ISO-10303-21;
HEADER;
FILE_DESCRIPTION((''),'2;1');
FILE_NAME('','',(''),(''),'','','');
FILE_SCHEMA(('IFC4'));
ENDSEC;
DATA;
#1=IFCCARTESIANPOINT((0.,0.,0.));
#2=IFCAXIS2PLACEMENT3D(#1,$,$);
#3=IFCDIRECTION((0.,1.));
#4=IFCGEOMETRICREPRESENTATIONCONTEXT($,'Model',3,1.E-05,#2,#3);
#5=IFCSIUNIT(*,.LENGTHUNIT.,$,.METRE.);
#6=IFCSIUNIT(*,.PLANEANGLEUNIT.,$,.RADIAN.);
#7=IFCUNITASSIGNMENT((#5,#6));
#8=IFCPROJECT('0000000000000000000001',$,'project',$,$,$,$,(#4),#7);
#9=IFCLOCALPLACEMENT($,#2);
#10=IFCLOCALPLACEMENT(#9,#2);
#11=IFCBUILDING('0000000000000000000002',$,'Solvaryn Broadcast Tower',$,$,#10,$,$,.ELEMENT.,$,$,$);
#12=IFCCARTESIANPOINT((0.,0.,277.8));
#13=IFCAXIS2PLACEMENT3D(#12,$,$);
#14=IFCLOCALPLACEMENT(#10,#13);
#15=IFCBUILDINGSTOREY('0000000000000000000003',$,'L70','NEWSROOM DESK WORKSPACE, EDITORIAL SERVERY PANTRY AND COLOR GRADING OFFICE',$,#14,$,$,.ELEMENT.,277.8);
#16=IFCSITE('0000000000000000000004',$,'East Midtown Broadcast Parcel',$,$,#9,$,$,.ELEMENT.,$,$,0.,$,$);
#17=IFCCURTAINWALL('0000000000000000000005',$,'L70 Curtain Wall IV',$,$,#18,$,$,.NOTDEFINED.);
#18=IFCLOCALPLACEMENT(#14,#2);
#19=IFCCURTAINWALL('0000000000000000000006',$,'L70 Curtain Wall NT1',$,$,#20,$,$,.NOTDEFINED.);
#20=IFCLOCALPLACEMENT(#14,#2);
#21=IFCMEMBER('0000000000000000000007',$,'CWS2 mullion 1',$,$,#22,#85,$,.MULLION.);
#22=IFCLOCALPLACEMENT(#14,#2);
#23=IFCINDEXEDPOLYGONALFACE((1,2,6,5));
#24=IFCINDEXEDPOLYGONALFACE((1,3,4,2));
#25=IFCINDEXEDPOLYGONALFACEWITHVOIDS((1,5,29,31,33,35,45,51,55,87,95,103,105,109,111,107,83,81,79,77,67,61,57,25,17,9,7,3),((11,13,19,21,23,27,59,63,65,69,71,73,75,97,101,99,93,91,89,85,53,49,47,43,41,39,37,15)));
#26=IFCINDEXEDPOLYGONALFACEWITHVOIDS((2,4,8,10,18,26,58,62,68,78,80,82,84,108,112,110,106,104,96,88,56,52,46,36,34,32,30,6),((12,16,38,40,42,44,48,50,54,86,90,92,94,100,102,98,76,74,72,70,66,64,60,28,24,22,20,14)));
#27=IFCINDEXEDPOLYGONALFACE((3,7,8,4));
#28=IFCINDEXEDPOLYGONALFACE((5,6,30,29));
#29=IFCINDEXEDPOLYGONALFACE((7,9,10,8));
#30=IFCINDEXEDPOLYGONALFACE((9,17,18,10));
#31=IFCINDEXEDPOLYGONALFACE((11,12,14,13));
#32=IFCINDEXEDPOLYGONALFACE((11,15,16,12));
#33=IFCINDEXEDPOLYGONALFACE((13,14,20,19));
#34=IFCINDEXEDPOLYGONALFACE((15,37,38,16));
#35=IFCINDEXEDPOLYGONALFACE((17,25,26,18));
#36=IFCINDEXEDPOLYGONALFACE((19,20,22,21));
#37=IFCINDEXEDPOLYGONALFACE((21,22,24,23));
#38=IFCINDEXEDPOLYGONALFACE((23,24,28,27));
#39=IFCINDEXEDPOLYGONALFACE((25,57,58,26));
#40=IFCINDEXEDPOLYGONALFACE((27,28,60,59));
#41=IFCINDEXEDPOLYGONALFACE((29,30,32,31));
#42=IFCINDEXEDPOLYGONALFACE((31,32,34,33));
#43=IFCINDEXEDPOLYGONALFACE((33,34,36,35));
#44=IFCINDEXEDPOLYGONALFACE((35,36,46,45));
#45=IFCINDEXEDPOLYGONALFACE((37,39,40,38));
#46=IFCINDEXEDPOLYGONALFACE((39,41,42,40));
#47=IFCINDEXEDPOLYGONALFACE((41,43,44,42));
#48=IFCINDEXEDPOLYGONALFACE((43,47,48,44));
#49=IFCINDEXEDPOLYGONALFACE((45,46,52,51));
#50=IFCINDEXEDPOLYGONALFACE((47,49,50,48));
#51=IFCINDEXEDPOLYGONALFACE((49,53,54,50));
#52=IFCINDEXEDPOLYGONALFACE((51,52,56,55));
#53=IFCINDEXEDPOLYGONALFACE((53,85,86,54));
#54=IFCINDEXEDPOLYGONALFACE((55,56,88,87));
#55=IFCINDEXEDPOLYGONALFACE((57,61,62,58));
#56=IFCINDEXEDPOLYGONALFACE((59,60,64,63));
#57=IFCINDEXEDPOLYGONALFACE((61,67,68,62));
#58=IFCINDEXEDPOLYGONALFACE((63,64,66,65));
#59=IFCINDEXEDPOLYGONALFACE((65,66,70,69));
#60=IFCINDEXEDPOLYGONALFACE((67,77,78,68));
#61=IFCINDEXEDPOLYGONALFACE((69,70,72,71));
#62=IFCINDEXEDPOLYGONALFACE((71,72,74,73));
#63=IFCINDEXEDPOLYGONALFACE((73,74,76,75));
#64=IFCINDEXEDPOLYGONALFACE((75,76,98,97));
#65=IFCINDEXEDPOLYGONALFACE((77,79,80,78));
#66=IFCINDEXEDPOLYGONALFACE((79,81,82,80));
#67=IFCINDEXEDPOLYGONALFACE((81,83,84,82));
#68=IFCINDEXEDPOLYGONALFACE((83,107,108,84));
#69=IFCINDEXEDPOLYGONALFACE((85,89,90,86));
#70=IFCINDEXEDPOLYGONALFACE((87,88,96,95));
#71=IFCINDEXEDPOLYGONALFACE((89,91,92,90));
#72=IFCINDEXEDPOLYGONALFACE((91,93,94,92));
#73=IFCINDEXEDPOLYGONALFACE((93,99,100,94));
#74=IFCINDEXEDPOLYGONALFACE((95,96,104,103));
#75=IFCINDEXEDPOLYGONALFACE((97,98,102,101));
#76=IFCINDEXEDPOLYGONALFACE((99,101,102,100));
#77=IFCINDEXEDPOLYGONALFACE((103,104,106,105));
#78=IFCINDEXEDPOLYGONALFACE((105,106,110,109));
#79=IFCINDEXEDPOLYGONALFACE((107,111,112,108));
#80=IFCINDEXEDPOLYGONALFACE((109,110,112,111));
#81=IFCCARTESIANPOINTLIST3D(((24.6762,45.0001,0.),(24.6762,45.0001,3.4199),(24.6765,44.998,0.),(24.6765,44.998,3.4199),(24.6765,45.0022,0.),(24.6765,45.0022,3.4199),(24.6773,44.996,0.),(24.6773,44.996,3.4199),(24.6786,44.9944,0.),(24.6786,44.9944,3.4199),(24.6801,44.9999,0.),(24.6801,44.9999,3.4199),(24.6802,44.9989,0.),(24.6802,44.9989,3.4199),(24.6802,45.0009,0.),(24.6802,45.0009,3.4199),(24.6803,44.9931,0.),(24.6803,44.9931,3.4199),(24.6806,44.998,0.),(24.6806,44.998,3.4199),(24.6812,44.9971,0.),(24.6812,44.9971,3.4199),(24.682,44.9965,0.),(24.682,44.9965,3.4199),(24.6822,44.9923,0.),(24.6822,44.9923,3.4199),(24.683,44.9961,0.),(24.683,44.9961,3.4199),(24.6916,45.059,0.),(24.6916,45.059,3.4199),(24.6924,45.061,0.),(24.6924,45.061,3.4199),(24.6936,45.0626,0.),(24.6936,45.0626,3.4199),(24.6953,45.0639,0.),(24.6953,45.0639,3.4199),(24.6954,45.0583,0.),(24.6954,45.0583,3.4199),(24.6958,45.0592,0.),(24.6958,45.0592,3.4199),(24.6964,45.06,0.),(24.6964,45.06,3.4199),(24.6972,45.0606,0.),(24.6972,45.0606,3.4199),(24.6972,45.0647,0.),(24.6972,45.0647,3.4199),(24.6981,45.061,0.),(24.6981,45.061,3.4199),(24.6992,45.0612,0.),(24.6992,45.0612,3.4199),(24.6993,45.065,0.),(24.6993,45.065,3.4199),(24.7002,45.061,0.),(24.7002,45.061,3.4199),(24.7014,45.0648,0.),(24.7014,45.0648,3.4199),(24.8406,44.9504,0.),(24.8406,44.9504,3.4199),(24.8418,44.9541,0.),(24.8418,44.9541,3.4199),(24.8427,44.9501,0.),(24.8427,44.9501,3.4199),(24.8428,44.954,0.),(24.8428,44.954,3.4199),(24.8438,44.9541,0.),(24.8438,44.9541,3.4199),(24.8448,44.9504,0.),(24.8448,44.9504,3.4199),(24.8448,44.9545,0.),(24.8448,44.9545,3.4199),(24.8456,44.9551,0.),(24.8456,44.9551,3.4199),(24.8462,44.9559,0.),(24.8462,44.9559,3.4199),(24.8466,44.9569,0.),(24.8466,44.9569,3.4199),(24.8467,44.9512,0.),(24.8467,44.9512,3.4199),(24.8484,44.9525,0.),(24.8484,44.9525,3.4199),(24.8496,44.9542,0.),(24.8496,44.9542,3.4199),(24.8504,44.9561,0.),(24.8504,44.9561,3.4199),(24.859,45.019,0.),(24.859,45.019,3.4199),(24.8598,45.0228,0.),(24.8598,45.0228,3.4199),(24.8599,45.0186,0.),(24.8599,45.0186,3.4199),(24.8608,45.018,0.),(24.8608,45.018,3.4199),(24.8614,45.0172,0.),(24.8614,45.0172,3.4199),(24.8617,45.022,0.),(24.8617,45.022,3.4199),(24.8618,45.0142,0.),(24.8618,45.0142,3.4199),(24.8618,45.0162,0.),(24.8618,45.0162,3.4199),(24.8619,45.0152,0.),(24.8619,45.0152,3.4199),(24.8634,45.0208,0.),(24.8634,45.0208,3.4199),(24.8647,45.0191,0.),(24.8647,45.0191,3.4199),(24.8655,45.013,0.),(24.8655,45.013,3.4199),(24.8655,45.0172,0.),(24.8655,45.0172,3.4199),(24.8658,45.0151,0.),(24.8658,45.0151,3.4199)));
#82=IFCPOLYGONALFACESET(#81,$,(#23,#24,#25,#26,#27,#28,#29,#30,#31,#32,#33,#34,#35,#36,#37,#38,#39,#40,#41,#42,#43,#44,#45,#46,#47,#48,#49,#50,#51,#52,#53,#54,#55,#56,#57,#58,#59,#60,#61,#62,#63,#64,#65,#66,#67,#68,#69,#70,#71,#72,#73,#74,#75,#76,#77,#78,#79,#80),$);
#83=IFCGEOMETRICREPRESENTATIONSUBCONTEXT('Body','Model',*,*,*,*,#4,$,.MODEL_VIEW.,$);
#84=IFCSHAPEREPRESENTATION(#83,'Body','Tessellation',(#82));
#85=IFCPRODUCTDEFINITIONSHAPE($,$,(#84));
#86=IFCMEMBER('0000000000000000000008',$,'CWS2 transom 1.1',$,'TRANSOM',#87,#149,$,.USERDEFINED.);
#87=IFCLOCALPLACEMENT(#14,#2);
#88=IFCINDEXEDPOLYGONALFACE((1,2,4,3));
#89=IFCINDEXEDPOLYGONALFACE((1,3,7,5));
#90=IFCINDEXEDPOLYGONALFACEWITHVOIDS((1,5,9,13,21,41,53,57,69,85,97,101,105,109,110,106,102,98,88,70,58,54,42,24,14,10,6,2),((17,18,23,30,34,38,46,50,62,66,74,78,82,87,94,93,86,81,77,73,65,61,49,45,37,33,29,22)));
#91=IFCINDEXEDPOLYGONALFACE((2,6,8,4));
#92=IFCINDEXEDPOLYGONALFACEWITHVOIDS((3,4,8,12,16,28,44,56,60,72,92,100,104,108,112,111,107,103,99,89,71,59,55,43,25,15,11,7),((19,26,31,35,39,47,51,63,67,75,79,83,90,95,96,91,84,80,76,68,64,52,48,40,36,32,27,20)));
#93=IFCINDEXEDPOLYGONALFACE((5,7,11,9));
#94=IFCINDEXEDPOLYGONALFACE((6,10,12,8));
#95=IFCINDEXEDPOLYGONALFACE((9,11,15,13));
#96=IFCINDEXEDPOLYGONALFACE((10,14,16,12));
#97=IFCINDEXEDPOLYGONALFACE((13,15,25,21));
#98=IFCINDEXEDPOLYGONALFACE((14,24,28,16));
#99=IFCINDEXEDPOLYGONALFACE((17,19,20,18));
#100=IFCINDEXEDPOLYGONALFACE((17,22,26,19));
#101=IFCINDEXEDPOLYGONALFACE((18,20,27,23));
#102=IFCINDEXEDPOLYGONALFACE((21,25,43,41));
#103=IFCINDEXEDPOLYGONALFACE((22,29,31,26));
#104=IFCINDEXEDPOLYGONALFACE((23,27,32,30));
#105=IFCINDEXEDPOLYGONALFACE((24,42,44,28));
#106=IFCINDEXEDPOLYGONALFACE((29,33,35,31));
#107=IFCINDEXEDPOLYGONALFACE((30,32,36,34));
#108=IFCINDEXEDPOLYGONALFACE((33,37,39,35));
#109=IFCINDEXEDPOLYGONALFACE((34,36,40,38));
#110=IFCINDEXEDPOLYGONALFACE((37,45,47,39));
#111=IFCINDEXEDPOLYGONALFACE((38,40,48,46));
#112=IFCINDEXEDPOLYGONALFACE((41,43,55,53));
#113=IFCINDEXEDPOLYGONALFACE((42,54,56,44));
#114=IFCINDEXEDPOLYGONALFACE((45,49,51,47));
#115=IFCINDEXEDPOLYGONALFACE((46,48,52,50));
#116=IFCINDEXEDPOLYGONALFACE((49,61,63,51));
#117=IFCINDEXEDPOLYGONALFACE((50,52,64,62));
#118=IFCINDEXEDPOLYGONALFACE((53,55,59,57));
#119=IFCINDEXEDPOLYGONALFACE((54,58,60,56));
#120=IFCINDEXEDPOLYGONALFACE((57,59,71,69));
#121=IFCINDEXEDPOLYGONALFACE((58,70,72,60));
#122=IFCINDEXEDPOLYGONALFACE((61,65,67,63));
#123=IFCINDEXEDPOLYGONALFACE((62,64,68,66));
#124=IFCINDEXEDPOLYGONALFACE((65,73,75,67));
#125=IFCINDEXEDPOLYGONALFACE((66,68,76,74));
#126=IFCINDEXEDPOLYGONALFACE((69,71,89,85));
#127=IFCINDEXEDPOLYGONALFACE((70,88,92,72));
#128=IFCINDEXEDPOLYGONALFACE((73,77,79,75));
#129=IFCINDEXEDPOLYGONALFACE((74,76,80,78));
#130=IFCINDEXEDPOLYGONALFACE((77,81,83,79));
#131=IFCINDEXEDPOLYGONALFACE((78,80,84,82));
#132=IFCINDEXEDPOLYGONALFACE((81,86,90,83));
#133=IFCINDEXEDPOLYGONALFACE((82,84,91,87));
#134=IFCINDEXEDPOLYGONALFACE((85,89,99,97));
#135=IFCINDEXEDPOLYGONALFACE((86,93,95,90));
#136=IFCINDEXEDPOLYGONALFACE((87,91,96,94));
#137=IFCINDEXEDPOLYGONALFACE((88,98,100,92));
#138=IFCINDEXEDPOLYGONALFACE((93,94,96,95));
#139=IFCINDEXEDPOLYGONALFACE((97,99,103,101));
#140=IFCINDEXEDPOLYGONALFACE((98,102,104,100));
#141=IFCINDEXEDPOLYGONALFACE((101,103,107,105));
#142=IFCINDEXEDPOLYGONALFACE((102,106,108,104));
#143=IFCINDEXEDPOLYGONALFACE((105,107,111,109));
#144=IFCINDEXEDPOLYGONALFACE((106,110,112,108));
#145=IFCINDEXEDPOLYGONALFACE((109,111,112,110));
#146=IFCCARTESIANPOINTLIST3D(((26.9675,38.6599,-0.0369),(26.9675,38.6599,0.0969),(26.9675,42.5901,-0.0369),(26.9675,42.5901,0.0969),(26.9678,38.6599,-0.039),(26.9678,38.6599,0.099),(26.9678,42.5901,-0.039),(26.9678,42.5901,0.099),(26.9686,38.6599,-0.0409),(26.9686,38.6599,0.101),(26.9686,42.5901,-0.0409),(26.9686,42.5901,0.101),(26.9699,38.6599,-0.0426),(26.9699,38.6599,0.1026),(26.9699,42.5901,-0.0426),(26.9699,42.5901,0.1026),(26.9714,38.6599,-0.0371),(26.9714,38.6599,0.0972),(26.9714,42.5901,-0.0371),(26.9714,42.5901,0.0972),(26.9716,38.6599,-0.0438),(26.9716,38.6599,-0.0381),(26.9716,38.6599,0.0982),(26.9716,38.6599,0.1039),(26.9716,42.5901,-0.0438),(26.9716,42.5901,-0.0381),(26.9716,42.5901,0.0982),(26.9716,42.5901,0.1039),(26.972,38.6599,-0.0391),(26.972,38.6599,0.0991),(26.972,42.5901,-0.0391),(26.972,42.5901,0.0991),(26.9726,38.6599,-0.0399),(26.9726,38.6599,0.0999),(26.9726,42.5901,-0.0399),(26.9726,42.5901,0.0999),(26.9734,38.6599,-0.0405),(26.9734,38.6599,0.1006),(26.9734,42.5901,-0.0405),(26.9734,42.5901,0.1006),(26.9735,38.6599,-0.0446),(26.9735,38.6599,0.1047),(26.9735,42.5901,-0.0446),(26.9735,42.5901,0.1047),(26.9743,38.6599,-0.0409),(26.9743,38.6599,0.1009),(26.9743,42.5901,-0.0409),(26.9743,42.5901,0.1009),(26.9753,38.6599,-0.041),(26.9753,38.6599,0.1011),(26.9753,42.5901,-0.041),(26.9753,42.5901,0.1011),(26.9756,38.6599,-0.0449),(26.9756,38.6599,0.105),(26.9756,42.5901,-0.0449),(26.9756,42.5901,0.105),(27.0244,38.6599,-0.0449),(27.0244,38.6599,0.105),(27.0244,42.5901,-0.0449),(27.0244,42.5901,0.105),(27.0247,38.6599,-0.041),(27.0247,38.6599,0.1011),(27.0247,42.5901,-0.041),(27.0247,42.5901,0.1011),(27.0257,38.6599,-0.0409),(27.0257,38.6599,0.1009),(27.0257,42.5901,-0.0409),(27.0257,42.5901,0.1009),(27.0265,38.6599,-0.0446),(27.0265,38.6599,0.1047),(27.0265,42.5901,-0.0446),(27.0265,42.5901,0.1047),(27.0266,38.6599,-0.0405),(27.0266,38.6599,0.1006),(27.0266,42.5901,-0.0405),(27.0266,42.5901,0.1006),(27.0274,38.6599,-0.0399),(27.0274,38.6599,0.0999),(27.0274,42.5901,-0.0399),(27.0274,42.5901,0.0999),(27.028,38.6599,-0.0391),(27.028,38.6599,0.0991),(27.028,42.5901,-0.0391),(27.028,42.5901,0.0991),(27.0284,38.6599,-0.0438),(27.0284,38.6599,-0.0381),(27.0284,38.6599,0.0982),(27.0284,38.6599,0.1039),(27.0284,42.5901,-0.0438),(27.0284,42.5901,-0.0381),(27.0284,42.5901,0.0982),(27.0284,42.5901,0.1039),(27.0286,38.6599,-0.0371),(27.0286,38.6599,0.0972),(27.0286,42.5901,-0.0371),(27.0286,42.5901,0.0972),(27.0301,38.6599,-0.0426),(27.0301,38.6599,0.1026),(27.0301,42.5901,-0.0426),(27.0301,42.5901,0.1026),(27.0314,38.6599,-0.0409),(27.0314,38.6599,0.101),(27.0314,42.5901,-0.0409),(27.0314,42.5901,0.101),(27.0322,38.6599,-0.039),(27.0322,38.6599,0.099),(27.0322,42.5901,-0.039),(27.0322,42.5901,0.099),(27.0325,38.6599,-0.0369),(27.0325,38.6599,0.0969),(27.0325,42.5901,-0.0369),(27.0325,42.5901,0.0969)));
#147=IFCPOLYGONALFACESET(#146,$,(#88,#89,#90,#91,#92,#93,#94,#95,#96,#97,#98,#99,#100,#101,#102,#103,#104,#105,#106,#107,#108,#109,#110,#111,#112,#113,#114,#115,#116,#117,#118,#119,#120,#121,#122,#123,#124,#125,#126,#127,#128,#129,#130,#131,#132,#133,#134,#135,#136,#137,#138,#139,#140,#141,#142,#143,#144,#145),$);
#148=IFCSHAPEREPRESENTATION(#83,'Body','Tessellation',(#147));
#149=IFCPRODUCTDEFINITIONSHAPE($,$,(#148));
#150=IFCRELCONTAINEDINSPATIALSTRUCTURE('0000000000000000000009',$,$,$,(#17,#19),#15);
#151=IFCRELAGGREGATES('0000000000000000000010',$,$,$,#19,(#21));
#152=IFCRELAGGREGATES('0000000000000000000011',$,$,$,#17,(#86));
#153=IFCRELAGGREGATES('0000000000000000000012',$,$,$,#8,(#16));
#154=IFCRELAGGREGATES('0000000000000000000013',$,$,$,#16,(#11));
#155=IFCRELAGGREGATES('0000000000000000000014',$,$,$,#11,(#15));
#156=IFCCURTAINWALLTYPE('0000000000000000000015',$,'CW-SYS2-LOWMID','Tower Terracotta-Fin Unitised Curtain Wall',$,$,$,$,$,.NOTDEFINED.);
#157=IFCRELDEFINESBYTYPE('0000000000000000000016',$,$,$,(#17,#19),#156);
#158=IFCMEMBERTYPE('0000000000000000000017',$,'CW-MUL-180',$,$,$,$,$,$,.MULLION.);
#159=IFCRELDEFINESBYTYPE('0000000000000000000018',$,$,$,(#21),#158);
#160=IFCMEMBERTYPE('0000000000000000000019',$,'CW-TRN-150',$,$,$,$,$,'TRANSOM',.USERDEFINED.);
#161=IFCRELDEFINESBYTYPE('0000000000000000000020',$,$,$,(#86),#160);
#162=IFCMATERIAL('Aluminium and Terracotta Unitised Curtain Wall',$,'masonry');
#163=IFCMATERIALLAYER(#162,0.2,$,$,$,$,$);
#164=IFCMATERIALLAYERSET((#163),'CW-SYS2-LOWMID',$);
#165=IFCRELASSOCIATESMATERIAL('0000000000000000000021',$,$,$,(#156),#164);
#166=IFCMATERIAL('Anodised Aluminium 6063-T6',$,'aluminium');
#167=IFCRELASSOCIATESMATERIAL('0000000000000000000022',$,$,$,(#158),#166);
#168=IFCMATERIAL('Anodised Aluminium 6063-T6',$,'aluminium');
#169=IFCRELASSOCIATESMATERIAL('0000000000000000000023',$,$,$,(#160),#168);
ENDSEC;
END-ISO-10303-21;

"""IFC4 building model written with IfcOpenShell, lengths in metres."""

from ifc_helpers import new_model, si_unit, direction, frame, origin, origin_2d, place, context, subcontext, project, spatial, hollow_rectangle, extrude, material, layer, layer_set, material_profile, profile_set, type_object, element, aggregate, save


model = new_model("IFC4")

# Units and contexts
model_context = context("Model", 3, precision=1e-05, world=origin(), true_north=direction((0.0, 1.0)))
body_context = subcontext(model_context, "Body", "Model", "MODEL_VIEW")
ifc_project = project(units=[si_unit("LENGTHUNIT", "METRE"), si_unit("PLANEANGLEUNIT", "RADIAN")], contexts=[model_context])

# Site, building, storey
site_placement = place(None, origin())
site = spatial("IfcSite", under=ifc_project, at=site_placement, Name="East Midtown Broadcast Parcel", CompositionType="ELEMENT", RefElevation=0.0)
building_placement = place(site_placement, origin())
building = spatial("IfcBuilding", under=site, at=building_placement, Name="Solvaryn Broadcast Tower", CompositionType="ELEMENT")
storey_placement = place(building_placement, frame((0.0, 0.0, 277.8)))
storey = spatial("IfcBuildingStorey", under=building, at=storey_placement, Name="L70", Description="NEWSROOM DESK WORKSPACE, EDITORIAL SERVERY PANTRY AND COLOR GRADING OFFICE", CompositionType="ELEMENT", Elevation=277.8)

# Curtain wall
ifc_material_1 = material(Name="Aluminium and Terracotta Unitised Curtain Wall", Category="masonry")
ifc_layer_1 = layer(ifc_material_1, 0.2)
ifc_layer_set_1 = layer_set([ifc_layer_1], Name="CW-SYS2-LOWMID")
curtain_wall_type = type_object("IfcCurtainWallType", Name="CW-SYS2-LOWMID", Description="Tower Terracotta-Fin Unitised Curtain Wall", PredefinedType="NOTDEFINED", material=ifc_layer_set_1)
curtain_wall_1_placement = place(storey_placement, origin())
curtain_wall_1 = element("IfcCurtainWall", 1, at=curtain_wall_1_placement, inside=storey, type_object=curtain_wall_type, Name="L70 Curtain Wall IV", PredefinedType="NOTDEFINED")
ifc_material_2 = material(Name="Anodised Aluminium 6063-T6", Category="aluminium")
ifc_material_profile_1 = material_profile(ifc_material_2, hollow_rectangle(XDim=0.075, YDim=0.1799, WallThickness=0.0039, InnerFilletRadius=0.0039, OuterFilletRadius=0.0081, at=origin_2d()))
ifc_profile_set_1 = profile_set([ifc_material_profile_1], Name="Anodised Aluminium 6063-T6")
member_type_1 = type_object("IfcMemberType", Name="CW-MUL-180", PredefinedType="MULLION", material=ifc_profile_set_1)

# Curtain wall, member
curtain_wall_2_placement = place(storey_placement, origin())
curtain_wall_2 = element("IfcCurtainWall", 2, at=curtain_wall_2_placement, inside=storey, type_object=curtain_wall_type, Name="L70 Curtain Wall NT1", PredefinedType="NOTDEFINED")
member_1_placement = place(storey_placement, frame((24.771, 45.0076, 0.0), z_axis=(0.0, 0.0, 1.0), x_axis=(-0.255893, -0.966705, 0.0)))
member_1 = element("IfcMember", 3, at=member_1_placement, type_object=member_type_1, Name="CWS2 mullion 1", PredefinedType="MULLION", context=body_context, shape_type="SweptSolid", body=[
    extrude(hollow_rectangle(XDim=0.075, YDim=0.1799, WallThickness=0.0039, InnerFilletRadius=0.0039, OuterFilletRadius=0.0081, at=origin_2d()), origin(), (0.0, 0.0, 1.0), 3.4199),
])

# Member
ifc_material_3 = material(Name="Anodised Aluminium 6063-T6", Category="aluminium")
ifc_material_profile_2 = material_profile(ifc_material_3, hollow_rectangle(XDim=0.0649, YDim=0.1499, WallThickness=0.0039, InnerFilletRadius=0.0039, OuterFilletRadius=0.0081, at=origin_2d()))
ifc_profile_set_2 = profile_set([ifc_material_profile_2], Name="Anodised Aluminium 6063-T6")
member_type_2 = type_object("IfcMemberType", Name="CW-TRN-150", ElementType="TRANSOM", PredefinedType="USERDEFINED", material=ifc_profile_set_2)
member_2_placement = place(storey_placement, frame((27.0, 42.5901, 0.03), z_axis=(0.0, -1.0, 0.0), x_axis=(1.0, 0.0, 0.0)))
member_2 = element("IfcMember", 4, at=member_2_placement, type_object=member_type_2, Name="CWS2 transom 1.1", ObjectType="TRANSOM", PredefinedType="USERDEFINED", context=body_context, shape_type="SweptSolid", body=[
    extrude(hollow_rectangle(XDim=0.0649, YDim=0.1499, WallThickness=0.0039, InnerFilletRadius=0.0039, OuterFilletRadius=0.0081, at=origin_2d()), origin(), (0.0, 0.0, 1.0), 3.9302),
])
aggregate(curtain_wall_2, [member_1])

aggregate(curtain_wall_1, [member_2])

save(model, "model.ifc")
